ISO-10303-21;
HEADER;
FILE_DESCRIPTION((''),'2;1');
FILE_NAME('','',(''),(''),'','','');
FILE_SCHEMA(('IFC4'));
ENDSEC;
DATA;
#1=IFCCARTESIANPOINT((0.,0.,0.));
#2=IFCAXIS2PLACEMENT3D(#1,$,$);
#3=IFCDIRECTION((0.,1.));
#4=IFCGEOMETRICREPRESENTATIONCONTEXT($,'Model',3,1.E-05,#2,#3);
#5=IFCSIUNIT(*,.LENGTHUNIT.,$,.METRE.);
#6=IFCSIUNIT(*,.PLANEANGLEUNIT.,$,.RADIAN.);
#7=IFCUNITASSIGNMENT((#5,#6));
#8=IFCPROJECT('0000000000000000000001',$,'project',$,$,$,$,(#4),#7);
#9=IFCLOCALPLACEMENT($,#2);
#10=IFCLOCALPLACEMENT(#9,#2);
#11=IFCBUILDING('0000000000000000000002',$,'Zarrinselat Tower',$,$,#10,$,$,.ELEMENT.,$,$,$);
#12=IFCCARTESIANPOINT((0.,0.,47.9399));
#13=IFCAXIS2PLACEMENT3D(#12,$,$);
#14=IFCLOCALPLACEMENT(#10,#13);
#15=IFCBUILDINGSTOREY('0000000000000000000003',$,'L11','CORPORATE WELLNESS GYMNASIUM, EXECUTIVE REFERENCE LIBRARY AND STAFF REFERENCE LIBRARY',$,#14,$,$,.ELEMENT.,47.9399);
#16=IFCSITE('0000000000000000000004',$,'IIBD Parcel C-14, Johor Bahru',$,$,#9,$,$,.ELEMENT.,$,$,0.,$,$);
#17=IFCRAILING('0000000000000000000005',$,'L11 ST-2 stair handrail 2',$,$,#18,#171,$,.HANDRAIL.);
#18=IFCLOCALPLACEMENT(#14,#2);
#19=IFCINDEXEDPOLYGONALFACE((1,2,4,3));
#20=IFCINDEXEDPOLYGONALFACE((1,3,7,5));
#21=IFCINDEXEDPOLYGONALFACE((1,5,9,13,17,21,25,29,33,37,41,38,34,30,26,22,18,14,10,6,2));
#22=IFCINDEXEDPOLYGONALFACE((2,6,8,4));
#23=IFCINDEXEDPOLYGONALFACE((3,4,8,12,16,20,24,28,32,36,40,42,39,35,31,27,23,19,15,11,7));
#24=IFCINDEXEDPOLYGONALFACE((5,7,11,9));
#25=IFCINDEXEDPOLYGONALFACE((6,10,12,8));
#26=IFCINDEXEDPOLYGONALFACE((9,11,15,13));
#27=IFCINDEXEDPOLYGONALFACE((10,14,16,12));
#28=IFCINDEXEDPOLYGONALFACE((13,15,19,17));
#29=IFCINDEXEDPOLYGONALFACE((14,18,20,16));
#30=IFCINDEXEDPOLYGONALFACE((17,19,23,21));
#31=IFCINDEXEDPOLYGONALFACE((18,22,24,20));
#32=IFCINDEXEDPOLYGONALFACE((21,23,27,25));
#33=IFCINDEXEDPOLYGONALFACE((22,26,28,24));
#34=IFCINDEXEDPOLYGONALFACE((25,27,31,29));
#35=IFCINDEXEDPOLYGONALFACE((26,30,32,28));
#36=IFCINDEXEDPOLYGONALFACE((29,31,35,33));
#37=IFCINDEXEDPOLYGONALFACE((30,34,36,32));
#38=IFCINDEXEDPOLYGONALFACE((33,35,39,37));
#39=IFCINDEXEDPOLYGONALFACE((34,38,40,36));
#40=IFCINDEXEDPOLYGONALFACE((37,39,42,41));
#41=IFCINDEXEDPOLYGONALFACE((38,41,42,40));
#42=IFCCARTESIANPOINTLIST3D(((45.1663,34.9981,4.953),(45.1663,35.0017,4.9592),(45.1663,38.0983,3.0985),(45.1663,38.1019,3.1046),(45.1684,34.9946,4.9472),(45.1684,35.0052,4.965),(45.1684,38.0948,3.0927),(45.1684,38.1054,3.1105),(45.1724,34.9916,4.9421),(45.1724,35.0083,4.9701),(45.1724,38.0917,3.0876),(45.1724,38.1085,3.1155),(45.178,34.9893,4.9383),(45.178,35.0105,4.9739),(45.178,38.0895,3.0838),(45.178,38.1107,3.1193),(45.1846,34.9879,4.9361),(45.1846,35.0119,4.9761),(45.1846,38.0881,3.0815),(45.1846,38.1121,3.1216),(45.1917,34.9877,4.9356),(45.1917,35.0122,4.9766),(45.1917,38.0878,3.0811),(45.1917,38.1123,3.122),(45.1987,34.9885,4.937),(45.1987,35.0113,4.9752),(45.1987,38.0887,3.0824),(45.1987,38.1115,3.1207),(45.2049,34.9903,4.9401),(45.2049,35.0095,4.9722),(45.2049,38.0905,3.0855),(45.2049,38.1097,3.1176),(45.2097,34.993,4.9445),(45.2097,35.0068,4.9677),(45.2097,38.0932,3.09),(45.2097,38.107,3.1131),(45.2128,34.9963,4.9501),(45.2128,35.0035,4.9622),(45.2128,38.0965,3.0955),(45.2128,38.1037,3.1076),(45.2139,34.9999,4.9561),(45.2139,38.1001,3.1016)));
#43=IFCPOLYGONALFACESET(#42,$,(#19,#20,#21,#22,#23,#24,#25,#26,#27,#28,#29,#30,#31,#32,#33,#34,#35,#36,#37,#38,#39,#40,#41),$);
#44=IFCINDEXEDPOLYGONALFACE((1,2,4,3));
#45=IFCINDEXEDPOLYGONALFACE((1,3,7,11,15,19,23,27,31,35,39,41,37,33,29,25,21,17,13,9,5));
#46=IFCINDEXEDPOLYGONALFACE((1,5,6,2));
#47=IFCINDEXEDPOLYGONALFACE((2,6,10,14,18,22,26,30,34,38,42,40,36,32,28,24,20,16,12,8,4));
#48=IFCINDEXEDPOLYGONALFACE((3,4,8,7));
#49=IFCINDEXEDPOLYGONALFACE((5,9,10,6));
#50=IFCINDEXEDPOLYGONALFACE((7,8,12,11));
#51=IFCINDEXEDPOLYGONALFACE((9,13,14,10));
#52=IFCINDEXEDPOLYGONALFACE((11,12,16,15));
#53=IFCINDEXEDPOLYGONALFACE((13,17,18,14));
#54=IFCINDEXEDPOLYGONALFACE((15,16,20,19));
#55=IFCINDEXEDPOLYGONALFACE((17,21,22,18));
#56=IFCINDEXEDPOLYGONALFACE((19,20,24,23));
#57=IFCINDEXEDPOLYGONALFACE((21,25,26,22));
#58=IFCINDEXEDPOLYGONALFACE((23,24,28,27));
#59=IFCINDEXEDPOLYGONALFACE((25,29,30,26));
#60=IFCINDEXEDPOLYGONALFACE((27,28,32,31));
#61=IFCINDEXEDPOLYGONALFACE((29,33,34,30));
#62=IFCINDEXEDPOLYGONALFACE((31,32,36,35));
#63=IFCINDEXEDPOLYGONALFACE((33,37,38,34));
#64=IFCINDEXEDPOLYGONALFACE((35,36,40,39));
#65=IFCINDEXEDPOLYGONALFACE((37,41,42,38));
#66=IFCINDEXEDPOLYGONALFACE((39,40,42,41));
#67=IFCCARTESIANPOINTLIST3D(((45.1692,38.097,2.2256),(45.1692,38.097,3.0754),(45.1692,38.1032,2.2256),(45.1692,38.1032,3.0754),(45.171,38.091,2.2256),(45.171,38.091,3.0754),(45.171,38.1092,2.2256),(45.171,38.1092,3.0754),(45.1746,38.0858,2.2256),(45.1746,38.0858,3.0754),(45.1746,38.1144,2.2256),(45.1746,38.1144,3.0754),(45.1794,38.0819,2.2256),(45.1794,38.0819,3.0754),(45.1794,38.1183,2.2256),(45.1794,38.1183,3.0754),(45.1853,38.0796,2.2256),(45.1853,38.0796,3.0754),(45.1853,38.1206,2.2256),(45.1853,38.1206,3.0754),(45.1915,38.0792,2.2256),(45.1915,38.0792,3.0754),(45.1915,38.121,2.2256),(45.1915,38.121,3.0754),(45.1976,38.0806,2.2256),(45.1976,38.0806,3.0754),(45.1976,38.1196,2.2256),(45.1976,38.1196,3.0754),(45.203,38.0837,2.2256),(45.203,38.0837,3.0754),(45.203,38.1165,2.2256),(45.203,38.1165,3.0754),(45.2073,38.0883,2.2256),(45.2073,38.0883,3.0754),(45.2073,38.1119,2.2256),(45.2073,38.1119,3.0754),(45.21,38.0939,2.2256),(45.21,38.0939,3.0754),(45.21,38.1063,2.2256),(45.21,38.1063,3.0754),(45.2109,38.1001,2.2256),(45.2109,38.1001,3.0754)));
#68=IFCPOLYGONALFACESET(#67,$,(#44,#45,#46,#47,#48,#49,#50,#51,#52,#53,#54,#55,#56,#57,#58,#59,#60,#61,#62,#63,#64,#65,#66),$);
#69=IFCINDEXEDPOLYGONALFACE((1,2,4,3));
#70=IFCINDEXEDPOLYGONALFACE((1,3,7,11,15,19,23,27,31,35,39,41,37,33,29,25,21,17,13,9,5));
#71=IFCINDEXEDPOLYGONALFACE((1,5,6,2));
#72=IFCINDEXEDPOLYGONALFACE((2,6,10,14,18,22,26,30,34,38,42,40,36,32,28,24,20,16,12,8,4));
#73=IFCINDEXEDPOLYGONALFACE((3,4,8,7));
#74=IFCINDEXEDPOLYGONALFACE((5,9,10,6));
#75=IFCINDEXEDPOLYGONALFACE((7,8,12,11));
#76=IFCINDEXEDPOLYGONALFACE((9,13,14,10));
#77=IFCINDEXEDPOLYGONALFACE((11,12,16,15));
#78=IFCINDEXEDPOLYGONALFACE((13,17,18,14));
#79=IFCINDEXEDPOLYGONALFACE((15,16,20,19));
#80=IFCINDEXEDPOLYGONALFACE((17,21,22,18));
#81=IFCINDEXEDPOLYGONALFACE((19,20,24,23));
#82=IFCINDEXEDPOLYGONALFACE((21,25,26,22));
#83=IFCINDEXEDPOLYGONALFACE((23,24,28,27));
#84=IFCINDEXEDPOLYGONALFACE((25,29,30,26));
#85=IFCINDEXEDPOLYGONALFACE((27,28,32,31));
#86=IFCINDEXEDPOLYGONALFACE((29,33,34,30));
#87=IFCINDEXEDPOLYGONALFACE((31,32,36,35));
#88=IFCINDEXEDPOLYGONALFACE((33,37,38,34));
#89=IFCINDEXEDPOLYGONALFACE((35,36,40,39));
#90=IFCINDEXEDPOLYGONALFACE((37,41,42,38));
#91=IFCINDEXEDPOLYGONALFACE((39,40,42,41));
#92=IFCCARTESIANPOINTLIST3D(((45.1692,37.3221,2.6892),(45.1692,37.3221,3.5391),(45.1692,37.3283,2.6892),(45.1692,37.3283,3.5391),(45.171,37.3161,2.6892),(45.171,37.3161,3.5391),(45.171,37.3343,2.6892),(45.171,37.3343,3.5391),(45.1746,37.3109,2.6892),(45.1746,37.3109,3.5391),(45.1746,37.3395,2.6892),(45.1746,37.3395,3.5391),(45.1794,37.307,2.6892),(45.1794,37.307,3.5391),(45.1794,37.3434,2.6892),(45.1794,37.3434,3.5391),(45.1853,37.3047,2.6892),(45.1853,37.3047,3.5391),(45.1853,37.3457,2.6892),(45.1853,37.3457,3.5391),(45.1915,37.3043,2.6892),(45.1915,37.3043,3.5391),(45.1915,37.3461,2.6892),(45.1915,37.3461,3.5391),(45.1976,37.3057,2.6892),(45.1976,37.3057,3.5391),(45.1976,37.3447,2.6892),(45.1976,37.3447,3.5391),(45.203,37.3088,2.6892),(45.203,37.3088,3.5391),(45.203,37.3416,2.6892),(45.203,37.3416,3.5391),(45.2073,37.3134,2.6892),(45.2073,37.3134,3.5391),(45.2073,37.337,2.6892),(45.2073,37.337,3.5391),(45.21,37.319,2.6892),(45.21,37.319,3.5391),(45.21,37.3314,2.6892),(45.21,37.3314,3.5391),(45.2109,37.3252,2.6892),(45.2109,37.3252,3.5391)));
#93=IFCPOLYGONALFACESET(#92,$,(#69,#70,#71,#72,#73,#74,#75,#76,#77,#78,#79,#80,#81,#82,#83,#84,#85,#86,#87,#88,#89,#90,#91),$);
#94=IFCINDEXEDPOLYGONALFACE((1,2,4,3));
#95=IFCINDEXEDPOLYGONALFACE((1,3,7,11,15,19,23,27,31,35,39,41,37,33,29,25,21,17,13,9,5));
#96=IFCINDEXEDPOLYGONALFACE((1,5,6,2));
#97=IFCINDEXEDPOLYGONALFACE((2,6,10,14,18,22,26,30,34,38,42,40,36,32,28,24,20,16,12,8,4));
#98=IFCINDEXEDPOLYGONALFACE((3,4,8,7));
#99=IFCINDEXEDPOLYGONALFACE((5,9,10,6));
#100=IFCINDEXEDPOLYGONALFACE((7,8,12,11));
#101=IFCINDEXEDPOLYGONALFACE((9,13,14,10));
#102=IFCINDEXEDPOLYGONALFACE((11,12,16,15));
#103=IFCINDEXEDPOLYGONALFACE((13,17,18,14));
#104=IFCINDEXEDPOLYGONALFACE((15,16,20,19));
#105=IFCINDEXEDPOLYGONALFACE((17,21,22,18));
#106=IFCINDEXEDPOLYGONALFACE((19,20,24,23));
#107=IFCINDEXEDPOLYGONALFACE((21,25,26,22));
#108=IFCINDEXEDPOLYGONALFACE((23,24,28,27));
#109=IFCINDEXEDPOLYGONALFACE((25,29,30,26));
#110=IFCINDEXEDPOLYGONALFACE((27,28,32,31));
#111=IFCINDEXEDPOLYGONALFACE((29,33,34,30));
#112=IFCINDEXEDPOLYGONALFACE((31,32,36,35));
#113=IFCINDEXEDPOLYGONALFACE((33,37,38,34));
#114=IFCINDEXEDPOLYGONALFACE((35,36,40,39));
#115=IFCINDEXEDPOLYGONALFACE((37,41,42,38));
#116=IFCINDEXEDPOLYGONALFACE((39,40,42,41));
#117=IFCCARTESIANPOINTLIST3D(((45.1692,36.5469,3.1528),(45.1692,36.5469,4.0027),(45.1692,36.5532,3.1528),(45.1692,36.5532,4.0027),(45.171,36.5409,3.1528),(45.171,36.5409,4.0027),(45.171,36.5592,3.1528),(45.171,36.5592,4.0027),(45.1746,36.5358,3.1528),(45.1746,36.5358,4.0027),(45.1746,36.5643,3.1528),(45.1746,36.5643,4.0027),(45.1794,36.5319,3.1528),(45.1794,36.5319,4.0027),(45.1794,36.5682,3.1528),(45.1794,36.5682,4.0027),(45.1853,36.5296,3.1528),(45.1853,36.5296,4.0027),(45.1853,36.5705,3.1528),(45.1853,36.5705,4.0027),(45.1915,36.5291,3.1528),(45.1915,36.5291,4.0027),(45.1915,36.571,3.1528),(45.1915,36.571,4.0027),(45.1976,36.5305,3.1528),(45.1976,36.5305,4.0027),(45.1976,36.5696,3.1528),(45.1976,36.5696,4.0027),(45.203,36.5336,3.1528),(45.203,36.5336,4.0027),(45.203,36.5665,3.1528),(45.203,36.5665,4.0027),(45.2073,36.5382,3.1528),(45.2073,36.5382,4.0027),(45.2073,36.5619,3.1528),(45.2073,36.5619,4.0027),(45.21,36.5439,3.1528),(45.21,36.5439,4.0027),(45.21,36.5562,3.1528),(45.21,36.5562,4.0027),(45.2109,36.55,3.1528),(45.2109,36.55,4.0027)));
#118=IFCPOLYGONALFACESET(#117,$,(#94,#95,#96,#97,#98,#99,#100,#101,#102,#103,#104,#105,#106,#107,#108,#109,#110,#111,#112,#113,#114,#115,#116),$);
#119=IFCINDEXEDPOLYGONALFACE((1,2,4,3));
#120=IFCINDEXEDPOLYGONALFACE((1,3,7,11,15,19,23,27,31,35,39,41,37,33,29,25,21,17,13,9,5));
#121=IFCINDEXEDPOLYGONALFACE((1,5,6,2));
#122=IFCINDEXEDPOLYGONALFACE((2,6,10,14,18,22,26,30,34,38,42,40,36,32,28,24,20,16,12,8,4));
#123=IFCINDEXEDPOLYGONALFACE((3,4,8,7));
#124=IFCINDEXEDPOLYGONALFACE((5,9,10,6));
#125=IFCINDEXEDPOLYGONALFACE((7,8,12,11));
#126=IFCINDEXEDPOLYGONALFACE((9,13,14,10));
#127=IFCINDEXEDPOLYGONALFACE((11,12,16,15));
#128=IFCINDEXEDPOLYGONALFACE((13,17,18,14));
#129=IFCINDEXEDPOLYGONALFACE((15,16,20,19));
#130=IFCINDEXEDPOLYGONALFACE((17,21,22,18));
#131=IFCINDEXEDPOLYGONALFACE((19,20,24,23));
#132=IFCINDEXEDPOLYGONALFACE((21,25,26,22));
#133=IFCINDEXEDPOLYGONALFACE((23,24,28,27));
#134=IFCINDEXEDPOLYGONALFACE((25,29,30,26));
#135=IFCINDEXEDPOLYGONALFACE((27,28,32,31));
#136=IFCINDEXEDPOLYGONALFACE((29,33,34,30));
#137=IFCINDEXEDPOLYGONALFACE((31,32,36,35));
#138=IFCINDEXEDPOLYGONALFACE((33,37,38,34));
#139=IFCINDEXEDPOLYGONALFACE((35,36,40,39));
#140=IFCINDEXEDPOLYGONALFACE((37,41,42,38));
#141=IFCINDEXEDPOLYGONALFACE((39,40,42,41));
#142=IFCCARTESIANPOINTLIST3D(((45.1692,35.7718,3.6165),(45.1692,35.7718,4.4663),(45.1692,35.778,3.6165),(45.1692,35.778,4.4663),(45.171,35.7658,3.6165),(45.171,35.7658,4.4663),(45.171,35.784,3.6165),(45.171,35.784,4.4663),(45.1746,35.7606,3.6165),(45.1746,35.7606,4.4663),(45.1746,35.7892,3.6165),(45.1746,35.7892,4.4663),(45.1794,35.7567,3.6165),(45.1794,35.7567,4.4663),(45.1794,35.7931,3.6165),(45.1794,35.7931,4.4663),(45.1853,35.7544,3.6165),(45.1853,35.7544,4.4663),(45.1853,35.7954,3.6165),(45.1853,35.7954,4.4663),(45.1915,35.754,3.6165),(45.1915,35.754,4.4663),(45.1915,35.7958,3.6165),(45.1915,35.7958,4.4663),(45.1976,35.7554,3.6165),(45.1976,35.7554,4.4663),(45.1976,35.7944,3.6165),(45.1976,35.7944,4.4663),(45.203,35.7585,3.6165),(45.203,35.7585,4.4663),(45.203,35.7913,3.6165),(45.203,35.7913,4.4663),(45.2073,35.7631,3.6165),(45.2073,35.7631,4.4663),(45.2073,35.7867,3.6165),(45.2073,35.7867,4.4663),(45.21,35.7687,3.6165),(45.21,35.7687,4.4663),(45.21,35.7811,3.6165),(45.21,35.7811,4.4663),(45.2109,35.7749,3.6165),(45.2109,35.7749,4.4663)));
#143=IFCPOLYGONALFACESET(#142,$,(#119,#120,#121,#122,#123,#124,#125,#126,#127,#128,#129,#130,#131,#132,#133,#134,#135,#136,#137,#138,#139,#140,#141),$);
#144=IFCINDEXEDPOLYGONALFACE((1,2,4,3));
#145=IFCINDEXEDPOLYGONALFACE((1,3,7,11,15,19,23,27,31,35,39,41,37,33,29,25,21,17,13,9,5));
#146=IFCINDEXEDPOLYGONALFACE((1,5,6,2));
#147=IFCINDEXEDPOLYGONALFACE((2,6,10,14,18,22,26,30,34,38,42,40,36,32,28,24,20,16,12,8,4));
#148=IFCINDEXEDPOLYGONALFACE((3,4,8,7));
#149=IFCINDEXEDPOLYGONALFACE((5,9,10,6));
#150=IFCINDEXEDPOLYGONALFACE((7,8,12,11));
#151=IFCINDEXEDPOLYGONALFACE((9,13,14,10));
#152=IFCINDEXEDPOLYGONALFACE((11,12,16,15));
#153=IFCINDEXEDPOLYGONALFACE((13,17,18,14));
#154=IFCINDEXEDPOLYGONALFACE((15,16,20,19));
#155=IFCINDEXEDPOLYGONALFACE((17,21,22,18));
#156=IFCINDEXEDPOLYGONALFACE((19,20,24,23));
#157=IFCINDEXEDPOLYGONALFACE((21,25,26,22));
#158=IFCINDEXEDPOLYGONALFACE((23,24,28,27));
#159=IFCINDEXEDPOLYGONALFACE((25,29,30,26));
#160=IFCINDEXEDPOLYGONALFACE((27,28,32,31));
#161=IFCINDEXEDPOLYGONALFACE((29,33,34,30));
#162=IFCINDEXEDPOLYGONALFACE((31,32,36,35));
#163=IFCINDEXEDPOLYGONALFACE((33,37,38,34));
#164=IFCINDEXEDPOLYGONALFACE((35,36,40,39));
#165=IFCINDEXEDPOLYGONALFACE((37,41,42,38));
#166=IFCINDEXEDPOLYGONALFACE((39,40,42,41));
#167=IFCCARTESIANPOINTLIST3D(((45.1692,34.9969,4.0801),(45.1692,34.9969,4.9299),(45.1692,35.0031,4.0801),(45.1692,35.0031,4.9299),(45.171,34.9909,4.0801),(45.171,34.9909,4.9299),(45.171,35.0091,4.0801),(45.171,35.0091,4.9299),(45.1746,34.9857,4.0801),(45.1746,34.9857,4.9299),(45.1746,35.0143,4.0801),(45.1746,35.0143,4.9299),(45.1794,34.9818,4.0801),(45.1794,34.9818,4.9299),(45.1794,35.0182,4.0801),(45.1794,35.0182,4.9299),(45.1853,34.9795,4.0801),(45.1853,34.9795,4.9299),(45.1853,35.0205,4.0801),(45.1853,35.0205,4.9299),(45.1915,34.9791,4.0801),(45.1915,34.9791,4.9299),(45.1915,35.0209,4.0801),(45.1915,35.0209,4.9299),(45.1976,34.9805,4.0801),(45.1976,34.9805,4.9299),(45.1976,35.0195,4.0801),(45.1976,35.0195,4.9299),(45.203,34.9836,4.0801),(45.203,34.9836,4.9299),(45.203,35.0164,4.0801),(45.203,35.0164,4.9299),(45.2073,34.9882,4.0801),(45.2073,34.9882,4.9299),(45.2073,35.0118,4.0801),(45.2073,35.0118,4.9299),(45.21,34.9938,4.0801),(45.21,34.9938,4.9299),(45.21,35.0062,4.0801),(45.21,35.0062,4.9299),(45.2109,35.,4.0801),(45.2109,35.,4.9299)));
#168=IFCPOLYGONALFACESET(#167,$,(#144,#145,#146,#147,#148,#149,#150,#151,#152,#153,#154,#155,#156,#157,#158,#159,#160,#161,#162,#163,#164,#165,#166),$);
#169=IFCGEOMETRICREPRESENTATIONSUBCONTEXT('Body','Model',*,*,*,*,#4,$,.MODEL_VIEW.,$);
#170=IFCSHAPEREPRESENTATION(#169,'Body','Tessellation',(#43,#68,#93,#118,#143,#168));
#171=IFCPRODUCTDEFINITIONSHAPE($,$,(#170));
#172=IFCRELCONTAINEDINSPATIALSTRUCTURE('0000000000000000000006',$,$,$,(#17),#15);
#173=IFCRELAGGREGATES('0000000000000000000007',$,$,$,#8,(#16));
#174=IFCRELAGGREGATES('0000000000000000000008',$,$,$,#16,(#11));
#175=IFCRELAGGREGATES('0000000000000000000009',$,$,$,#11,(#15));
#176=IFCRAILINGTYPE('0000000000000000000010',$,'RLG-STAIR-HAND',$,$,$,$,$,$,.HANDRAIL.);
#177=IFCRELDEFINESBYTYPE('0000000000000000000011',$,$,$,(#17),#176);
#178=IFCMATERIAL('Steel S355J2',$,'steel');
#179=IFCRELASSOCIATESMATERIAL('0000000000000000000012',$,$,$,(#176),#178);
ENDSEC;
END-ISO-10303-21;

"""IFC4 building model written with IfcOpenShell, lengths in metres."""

from ifc_helpers import new_model, si_unit, direction, frame, origin, origin_2d, place, context, subcontext, project, spatial, circle, extrude, material, type_object, element, save


model = new_model("IFC4")

# Units and contexts
model_context = context("Model", 3, precision=1e-05, world=origin(), true_north=direction((0.0, 1.0)))
body_context = subcontext(model_context, "Body", "Model", "MODEL_VIEW")
ifc_project = project(units=[si_unit("LENGTHUNIT", "METRE"), si_unit("PLANEANGLEUNIT", "RADIAN")], contexts=[model_context])

# Site, building, storey
site_placement = place(None, origin())
site = spatial("IfcSite", under=ifc_project, at=site_placement, Name="IIBD Parcel C-14, Johor Bahru", CompositionType="ELEMENT", RefElevation=0.0)
building_placement = place(site_placement, origin())
building = spatial("IfcBuilding", under=site, at=building_placement, Name="Zarrinselat Tower", CompositionType="ELEMENT")
storey_placement = place(building_placement, frame((0.0, 0.0, 47.9399)))
storey = spatial("IfcBuildingStorey", under=building, at=storey_placement, Name="L11", Description="CORPORATE WELLNESS GYMNASIUM, EXECUTIVE REFERENCE LIBRARY AND STAFF REFERENCE LIBRARY", CompositionType="ELEMENT", Elevation=47.9399)

# Railing
ifc_material_1 = material(Name="Steel S355J2", Category="steel")
railing_type_1 = type_object("IfcRailingType", Name="RLG-STAIR-HAND", PredefinedType="HANDRAIL", material=ifc_material_1)
railing_1_placement = place(storey_placement, frame((45.1899, 38.1001, 2.2256)))
element("IfcRailing", 1, at=railing_1_placement, inside=storey, type_object=railing_type_1, Name="L11 ST-2 stair handrail 2", PredefinedType="HANDRAIL", context=body_context, shape_type="SweptSolid", body=[
    extrude(circle(Radius=0.0239, at=origin_2d()), frame((0.0, 0.0, 0.876), z_axis=(0.0, -0.858172, 0.513362), x_axis=(1.0, 0.0, 0.0)), (0.0, 0.0, 1.0), 3.6125),
    extrude(circle(Radius=0.021, at=origin_2d()), origin(), (0.0, 0.0, 1.0), 0.8499),
    extrude(circle(Radius=0.021, at=origin_2d()), frame((0.0, -0.7749, 0.4636)), (0.0, 0.0, 1.0), 0.8499),
    extrude(circle(Radius=0.021, at=origin_2d()), frame((0.0, -1.55, 0.9272)), (0.0, 0.0, 1.0), 0.8499),
    extrude(circle(Radius=0.021, at=origin_2d()), frame((0.0, -2.3252, 1.3909)), (0.0, 0.0, 1.0), 0.8499),
    extrude(circle(Radius=0.021, at=origin_2d()), frame((0.0, -3.1001, 1.8545)), (0.0, 0.0, 1.0), 0.8499),
])

save(model, "model.ifc")
